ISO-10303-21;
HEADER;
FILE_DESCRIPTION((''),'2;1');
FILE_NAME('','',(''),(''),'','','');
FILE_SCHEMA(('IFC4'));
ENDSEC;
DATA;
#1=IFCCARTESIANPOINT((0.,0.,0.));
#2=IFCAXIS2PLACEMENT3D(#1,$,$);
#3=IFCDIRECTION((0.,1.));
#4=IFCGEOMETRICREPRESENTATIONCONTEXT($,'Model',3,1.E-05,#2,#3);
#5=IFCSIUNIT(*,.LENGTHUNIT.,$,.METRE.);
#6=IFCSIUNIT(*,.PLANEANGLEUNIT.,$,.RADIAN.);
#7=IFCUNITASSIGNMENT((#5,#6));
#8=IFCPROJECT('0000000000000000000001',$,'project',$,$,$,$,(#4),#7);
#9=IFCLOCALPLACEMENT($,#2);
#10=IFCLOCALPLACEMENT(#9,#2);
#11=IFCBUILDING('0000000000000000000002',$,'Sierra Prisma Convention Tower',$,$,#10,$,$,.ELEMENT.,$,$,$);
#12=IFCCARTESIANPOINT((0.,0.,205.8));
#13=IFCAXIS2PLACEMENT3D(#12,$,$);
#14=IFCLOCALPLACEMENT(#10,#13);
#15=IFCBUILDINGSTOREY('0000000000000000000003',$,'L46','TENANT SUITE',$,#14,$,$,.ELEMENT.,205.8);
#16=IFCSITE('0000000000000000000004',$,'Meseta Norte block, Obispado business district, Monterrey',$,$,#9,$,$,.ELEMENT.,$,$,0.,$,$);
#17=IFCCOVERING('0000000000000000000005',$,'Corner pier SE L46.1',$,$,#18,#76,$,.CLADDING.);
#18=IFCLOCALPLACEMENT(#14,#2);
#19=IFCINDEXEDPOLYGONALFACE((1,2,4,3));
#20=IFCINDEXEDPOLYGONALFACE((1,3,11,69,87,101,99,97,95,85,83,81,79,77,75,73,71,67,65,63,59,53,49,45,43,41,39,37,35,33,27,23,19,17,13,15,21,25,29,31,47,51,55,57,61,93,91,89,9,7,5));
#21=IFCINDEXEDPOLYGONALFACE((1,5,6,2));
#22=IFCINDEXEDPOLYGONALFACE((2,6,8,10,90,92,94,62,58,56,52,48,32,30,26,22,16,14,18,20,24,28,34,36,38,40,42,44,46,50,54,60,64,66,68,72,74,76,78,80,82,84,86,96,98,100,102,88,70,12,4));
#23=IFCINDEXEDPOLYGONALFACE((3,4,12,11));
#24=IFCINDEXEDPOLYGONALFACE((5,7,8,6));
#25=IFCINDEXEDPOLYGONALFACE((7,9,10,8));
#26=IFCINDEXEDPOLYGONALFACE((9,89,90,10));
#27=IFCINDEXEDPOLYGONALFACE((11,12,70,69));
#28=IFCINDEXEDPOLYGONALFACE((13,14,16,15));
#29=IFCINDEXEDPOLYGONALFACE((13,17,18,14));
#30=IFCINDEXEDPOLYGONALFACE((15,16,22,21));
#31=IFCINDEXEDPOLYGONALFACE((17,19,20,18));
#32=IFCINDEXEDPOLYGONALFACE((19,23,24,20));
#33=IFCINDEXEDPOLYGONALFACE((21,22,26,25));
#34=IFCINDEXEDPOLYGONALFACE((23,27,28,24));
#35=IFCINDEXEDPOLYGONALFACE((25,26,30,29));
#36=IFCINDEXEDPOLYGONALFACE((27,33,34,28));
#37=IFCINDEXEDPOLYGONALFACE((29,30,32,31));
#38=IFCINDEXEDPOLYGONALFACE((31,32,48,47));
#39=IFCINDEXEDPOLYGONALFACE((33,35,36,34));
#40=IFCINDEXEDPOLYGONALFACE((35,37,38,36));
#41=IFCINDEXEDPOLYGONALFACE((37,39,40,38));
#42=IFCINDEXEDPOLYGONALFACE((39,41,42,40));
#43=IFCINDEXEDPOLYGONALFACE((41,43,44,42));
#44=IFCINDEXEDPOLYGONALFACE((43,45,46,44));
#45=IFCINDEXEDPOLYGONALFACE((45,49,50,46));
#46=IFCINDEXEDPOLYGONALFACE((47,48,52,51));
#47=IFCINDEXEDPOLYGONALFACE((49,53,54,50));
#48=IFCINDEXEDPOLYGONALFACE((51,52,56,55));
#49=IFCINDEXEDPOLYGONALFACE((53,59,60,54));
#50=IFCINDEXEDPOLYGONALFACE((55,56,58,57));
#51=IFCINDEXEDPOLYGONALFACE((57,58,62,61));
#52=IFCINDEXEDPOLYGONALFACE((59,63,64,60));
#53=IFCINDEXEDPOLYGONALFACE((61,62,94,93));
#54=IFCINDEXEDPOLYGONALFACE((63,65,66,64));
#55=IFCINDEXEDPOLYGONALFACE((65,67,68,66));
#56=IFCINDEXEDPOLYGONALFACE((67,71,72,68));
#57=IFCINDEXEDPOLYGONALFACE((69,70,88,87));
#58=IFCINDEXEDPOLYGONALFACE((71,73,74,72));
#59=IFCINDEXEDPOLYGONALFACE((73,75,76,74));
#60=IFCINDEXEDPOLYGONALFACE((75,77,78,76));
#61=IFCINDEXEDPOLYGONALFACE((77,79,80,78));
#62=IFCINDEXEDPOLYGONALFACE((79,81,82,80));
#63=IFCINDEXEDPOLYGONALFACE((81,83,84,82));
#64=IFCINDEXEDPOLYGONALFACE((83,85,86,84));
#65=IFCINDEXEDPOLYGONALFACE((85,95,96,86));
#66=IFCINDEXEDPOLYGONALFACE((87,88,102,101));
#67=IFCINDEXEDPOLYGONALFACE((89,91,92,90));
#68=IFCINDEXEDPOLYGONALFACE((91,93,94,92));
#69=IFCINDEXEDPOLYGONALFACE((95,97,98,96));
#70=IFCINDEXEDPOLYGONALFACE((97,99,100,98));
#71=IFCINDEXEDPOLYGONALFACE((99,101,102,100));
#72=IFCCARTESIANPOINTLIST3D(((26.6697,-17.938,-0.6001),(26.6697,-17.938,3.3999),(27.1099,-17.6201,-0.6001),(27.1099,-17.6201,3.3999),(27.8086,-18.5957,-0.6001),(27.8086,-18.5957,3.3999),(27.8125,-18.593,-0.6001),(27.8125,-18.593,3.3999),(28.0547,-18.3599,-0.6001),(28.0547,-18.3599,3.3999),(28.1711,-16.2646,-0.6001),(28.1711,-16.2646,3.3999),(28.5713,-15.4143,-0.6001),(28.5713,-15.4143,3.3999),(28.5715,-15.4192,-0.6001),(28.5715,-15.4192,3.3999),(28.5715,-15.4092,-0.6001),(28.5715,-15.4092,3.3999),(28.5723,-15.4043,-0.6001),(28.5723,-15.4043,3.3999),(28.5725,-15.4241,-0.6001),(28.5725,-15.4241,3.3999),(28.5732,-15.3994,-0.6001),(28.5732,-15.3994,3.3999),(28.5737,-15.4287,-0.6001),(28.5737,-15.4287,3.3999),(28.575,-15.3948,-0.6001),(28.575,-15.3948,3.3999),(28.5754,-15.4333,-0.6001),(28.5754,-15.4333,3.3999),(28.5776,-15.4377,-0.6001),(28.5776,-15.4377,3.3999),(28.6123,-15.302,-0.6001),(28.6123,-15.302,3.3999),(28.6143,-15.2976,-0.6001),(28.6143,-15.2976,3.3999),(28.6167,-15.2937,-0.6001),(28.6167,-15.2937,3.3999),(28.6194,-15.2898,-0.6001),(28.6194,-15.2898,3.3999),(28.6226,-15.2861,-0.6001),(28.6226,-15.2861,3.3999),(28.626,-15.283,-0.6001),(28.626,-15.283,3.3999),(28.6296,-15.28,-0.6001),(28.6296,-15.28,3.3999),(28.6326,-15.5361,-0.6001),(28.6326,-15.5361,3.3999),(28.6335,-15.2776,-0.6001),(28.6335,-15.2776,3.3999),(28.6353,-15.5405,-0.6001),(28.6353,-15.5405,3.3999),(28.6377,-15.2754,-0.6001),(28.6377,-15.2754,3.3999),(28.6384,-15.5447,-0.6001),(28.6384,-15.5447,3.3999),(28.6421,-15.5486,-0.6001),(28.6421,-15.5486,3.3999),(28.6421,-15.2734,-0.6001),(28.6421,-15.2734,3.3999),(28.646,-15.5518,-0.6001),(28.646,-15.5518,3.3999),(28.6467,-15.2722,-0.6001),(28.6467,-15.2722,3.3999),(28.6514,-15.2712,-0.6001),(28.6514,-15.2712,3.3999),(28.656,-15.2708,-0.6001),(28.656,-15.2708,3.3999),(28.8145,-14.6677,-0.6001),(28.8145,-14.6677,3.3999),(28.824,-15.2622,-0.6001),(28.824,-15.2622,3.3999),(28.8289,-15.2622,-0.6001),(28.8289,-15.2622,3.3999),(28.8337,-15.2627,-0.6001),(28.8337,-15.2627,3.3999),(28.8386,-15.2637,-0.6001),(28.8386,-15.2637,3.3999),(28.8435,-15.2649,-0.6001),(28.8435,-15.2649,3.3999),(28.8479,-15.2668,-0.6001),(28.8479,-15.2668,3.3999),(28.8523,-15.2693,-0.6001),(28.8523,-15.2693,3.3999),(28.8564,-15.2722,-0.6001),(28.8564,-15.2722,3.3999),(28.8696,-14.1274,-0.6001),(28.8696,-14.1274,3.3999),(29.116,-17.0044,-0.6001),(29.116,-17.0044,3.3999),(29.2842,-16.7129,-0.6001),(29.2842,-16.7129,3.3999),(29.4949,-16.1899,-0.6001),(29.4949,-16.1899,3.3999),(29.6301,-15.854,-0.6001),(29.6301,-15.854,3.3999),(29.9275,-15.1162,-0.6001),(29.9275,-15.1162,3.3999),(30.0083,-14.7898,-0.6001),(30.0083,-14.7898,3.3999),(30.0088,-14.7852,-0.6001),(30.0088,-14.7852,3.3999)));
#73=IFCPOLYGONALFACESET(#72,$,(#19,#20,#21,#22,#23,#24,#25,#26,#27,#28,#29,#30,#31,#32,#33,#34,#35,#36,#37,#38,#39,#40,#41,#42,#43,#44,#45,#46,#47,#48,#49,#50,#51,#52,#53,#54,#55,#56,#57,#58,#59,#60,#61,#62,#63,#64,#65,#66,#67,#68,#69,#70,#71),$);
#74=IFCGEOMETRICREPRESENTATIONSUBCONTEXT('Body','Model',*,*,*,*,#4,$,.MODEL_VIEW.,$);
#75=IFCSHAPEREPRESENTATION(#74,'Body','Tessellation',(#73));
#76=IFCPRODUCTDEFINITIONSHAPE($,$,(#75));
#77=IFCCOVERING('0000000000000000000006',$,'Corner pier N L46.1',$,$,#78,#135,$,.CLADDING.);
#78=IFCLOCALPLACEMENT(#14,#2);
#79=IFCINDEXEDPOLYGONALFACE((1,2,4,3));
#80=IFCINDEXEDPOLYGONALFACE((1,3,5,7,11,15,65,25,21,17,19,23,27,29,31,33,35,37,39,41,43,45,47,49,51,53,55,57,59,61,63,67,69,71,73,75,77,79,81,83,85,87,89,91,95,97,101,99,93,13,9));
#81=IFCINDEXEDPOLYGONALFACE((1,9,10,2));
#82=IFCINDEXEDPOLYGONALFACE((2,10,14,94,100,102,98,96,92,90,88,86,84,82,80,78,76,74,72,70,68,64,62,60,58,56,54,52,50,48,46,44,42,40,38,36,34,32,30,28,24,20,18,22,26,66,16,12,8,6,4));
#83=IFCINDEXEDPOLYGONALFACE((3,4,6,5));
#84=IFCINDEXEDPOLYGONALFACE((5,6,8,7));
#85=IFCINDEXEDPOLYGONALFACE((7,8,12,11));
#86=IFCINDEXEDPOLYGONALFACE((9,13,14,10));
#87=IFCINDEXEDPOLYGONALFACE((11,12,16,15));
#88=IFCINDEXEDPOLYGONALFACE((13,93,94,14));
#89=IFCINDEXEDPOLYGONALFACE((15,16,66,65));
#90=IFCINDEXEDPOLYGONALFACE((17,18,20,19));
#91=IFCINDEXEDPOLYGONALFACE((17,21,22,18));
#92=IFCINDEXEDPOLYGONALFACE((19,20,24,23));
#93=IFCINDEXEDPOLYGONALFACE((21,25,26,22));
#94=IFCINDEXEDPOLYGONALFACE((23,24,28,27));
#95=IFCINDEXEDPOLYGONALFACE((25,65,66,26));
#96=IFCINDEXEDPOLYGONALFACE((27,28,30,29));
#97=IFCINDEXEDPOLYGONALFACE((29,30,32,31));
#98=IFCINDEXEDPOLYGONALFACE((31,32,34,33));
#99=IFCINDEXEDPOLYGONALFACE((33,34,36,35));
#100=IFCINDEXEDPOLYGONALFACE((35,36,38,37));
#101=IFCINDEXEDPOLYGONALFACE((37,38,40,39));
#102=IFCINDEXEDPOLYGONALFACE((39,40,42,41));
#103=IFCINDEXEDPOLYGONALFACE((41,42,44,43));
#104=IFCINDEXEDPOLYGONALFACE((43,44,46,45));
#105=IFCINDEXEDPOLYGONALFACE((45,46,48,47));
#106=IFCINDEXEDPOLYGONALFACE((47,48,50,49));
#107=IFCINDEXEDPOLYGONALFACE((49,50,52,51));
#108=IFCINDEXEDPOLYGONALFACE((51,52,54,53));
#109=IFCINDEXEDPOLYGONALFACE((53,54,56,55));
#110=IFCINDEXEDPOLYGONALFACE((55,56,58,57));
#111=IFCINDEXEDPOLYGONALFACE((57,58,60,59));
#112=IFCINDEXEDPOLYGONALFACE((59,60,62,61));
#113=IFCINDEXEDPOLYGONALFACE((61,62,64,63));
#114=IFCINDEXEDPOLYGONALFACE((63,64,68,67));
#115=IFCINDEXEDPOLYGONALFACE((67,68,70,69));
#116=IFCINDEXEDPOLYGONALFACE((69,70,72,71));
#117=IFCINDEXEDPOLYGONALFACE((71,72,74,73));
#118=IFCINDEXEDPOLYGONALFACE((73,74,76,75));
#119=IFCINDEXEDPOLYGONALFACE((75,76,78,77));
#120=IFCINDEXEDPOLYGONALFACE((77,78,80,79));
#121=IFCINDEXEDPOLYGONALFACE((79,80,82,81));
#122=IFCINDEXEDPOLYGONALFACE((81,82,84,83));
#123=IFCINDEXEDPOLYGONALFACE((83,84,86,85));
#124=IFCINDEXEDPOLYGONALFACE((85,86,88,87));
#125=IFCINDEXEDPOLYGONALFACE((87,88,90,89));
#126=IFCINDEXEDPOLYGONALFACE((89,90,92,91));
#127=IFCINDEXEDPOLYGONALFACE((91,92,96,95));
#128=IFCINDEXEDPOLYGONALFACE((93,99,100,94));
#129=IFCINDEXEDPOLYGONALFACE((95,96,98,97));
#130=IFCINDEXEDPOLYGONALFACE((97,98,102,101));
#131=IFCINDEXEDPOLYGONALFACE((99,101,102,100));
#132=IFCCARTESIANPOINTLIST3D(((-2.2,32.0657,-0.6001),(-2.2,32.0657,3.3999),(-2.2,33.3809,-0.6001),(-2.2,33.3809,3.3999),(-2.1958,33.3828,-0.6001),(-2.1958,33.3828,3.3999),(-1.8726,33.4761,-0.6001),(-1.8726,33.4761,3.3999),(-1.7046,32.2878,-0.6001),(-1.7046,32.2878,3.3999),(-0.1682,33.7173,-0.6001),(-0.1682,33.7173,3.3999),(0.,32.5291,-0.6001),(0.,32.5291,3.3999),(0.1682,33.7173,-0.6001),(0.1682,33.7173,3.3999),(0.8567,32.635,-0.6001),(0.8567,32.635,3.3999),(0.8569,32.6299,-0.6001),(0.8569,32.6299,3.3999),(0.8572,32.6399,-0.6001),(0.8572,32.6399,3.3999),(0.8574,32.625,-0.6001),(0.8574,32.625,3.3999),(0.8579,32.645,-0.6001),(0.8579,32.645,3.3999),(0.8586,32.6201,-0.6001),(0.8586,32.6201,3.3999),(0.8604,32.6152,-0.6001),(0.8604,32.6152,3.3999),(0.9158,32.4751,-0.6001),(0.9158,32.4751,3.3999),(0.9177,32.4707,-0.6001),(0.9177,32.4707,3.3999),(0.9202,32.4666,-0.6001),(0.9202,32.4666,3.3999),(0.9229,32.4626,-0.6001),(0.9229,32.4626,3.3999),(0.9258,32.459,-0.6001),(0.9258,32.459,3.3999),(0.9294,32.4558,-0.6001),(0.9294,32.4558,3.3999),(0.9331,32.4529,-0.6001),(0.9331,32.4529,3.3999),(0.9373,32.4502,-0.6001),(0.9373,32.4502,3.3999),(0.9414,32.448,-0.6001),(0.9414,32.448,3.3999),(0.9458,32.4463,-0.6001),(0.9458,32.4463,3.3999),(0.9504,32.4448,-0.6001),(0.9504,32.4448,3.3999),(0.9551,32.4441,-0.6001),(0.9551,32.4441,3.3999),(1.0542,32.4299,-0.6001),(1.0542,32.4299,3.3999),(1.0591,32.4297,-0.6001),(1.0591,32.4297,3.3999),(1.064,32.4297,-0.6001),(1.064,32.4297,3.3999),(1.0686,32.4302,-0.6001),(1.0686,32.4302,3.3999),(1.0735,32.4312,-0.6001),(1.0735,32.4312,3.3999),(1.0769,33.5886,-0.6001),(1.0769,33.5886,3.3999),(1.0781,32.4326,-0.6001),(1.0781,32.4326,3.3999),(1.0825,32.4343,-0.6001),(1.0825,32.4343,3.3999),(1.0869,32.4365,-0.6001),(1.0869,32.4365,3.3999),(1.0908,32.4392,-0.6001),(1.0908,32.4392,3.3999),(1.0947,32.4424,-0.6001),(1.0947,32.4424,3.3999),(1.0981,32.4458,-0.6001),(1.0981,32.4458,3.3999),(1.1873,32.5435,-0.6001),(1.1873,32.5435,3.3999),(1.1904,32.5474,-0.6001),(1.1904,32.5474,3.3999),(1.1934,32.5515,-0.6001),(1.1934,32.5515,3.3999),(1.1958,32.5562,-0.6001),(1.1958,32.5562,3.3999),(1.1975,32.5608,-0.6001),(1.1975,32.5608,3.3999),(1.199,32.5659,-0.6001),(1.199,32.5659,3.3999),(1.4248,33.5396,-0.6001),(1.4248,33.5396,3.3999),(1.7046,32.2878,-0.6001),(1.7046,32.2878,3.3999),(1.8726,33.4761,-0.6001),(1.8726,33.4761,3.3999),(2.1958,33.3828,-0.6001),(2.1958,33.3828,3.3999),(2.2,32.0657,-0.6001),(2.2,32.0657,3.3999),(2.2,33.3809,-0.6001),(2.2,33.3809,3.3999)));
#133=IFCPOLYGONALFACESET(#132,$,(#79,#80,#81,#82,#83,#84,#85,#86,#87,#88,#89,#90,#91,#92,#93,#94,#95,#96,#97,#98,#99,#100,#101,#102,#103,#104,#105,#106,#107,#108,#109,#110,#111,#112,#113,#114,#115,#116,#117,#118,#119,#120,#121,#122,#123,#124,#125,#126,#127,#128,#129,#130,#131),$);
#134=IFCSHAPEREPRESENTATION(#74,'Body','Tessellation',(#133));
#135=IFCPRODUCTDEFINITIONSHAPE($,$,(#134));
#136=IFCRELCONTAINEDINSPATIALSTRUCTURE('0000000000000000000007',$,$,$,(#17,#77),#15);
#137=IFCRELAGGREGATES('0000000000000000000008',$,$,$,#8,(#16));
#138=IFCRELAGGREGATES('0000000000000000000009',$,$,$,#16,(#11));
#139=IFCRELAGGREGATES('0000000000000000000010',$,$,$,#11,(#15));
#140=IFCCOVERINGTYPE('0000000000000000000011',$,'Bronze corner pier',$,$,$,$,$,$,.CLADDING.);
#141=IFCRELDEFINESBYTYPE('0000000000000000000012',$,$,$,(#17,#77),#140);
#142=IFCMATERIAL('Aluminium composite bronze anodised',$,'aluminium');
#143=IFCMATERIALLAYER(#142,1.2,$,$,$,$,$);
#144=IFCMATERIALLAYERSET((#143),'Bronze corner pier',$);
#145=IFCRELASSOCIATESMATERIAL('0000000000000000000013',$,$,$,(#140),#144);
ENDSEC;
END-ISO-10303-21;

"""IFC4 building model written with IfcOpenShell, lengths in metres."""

from ifc_helpers import new_model, si_unit, direction, frame, origin, place, context, subcontext, project, spatial, polyline, outline, extrude, material, layer, layer_set, type_object, element, save


model = new_model("IFC4")

# Units and contexts
model_context = context("Model", 3, precision=1e-05, world=origin(), true_north=direction((0.0, 1.0)))
body_context = subcontext(model_context, "Body", "Model", "MODEL_VIEW")
ifc_project = project(units=[si_unit("LENGTHUNIT", "METRE"), si_unit("PLANEANGLEUNIT", "RADIAN")], contexts=[model_context])

# Site, building, storey
site_placement = place(None, origin())
site = spatial("IfcSite", under=ifc_project, at=site_placement, Name="Meseta Norte block, Obispado business district, Monterrey", CompositionType="ELEMENT", RefElevation=0.0)
building_placement = place(site_placement, origin())
building = spatial("IfcBuilding", under=site, at=building_placement, Name="Sierra Prisma Convention Tower", CompositionType="ELEMENT")
storey_placement = place(building_placement, frame((0.0, 0.0, 205.8)))
storey = spatial("IfcBuildingStorey", under=building, at=storey_placement, Name="L46", Description="TENANT SUITE", CompositionType="ELEMENT", Elevation=205.8)

# Coverings
ifc_material_1 = material(Name="Aluminium composite bronze anodised", Category="aluminium")
ifc_layer_1 = layer(ifc_material_1, 1.2)
ifc_layer_set_1 = layer_set([ifc_layer_1], Name="Bronze corner pier")
covering_type_1 = type_object("IfcCoveringType", Name="Bronze corner pier", PredefinedType="CLADDING", material=ifc_layer_set_1)
covering_1_placement = place(storey_placement, frame((0.0, 0.0, -0.6001)))
element("IfcCovering", 1, at=covering_1_placement, inside=storey, type_object=covering_type_1, Name="Corner pier SE L46.1", PredefinedType="CLADDING", context=body_context, shape_type="SweptSolid", body=[
    extrude(outline(polyline([(28.8696, -14.1274), (30.0088, -14.7852), (30.0083, -14.7898), (29.9275, -15.1162), (29.6301, -15.854), (28.8564, -15.2722), (28.8523, -15.2693), (28.8479, -15.2668), (28.8435, -15.2649), (28.8386, -15.2637), (28.8337, -15.2627), (28.8289, -15.2622), (28.824, -15.2622), (28.656, -15.2708), (28.6514, -15.2712), (28.6467, -15.2722), (28.6421, -15.2734), (28.6377, -15.2754), (28.6335, -15.2776), (28.6296, -15.28), (28.626, -15.283), (28.6226, -15.2861), (28.6194, -15.2898), (28.6167, -15.2937), (28.6143, -15.2976), (28.6123, -15.302), (28.575, -15.3948), (28.5732, -15.3994), (28.5723, -15.4043), (28.5715, -15.4092), (28.5713, -15.4143), (28.5715, -15.4192), (28.5725, -15.4241), (28.5737, -15.4287), (28.5754, -15.4333), (28.5776, -15.4377), (28.6326, -15.5361), (28.6353, -15.5405), (28.6384, -15.5447), (28.6421, -15.5486), (28.646, -15.5518), (29.4949, -16.1899), (29.2842, -16.7129), (29.116, -17.0044), (28.0547, -18.3599), (27.8125, -18.593), (27.8086, -18.5957), (26.6697, -17.938), (27.1099, -17.6201), (28.1711, -16.2646), (28.8145, -14.6677), (28.8696, -14.1274)])), origin(), (0.0, 0.0, 1.0), 4.0),
])
covering_2_placement = place(storey_placement, frame((0.0, 0.0, -0.6001)))
element("IfcCovering", 2, at=covering_2_placement, inside=storey, type_object=covering_type_1, Name="Corner pier N L46.1", PredefinedType="CLADDING", context=body_context, shape_type="SweptSolid", body=[
    extrude(outline(polyline([(-2.2, 32.0657), (-2.2, 33.3809), (-2.1958, 33.3828), (-1.8726, 33.4761), (-0.1682, 33.7173), (0.1682, 33.7173), (1.0769, 33.5886), (0.8579, 32.645), (0.8572, 32.6399), (0.8567, 32.635), (0.8569, 32.6299), (0.8574, 32.625), (0.8586, 32.6201), (0.8604, 32.6152), (0.9158, 32.4751), (0.9177, 32.4707), (0.9202, 32.4666), (0.9229, 32.4626), (0.9258, 32.459), (0.9294, 32.4558), (0.9331, 32.4529), (0.9373, 32.4502), (0.9414, 32.448), (0.9458, 32.4463), (0.9504, 32.4448), (0.9551, 32.4441), (1.0542, 32.4299), (1.0591, 32.4297), (1.064, 32.4297), (1.0686, 32.4302), (1.0735, 32.4312), (1.0781, 32.4326), (1.0825, 32.4343), (1.0869, 32.4365), (1.0908, 32.4392), (1.0947, 32.4424), (1.0981, 32.4458), (1.1873, 32.5435), (1.1904, 32.5474), (1.1934, 32.5515), (1.1958, 32.5562), (1.1975, 32.5608), (1.199, 32.5659), (1.4248, 33.5396), (1.8726, 33.4761), (2.1958, 33.3828), (2.2, 33.3809), (2.2, 32.0657), (1.7046, 32.2878), (0.0, 32.5291), (-1.7046, 32.2878), (-2.2, 32.0657)])), origin(), (0.0, 0.0, 1.0), 4.0),
])

save(model, "model.ifc")
